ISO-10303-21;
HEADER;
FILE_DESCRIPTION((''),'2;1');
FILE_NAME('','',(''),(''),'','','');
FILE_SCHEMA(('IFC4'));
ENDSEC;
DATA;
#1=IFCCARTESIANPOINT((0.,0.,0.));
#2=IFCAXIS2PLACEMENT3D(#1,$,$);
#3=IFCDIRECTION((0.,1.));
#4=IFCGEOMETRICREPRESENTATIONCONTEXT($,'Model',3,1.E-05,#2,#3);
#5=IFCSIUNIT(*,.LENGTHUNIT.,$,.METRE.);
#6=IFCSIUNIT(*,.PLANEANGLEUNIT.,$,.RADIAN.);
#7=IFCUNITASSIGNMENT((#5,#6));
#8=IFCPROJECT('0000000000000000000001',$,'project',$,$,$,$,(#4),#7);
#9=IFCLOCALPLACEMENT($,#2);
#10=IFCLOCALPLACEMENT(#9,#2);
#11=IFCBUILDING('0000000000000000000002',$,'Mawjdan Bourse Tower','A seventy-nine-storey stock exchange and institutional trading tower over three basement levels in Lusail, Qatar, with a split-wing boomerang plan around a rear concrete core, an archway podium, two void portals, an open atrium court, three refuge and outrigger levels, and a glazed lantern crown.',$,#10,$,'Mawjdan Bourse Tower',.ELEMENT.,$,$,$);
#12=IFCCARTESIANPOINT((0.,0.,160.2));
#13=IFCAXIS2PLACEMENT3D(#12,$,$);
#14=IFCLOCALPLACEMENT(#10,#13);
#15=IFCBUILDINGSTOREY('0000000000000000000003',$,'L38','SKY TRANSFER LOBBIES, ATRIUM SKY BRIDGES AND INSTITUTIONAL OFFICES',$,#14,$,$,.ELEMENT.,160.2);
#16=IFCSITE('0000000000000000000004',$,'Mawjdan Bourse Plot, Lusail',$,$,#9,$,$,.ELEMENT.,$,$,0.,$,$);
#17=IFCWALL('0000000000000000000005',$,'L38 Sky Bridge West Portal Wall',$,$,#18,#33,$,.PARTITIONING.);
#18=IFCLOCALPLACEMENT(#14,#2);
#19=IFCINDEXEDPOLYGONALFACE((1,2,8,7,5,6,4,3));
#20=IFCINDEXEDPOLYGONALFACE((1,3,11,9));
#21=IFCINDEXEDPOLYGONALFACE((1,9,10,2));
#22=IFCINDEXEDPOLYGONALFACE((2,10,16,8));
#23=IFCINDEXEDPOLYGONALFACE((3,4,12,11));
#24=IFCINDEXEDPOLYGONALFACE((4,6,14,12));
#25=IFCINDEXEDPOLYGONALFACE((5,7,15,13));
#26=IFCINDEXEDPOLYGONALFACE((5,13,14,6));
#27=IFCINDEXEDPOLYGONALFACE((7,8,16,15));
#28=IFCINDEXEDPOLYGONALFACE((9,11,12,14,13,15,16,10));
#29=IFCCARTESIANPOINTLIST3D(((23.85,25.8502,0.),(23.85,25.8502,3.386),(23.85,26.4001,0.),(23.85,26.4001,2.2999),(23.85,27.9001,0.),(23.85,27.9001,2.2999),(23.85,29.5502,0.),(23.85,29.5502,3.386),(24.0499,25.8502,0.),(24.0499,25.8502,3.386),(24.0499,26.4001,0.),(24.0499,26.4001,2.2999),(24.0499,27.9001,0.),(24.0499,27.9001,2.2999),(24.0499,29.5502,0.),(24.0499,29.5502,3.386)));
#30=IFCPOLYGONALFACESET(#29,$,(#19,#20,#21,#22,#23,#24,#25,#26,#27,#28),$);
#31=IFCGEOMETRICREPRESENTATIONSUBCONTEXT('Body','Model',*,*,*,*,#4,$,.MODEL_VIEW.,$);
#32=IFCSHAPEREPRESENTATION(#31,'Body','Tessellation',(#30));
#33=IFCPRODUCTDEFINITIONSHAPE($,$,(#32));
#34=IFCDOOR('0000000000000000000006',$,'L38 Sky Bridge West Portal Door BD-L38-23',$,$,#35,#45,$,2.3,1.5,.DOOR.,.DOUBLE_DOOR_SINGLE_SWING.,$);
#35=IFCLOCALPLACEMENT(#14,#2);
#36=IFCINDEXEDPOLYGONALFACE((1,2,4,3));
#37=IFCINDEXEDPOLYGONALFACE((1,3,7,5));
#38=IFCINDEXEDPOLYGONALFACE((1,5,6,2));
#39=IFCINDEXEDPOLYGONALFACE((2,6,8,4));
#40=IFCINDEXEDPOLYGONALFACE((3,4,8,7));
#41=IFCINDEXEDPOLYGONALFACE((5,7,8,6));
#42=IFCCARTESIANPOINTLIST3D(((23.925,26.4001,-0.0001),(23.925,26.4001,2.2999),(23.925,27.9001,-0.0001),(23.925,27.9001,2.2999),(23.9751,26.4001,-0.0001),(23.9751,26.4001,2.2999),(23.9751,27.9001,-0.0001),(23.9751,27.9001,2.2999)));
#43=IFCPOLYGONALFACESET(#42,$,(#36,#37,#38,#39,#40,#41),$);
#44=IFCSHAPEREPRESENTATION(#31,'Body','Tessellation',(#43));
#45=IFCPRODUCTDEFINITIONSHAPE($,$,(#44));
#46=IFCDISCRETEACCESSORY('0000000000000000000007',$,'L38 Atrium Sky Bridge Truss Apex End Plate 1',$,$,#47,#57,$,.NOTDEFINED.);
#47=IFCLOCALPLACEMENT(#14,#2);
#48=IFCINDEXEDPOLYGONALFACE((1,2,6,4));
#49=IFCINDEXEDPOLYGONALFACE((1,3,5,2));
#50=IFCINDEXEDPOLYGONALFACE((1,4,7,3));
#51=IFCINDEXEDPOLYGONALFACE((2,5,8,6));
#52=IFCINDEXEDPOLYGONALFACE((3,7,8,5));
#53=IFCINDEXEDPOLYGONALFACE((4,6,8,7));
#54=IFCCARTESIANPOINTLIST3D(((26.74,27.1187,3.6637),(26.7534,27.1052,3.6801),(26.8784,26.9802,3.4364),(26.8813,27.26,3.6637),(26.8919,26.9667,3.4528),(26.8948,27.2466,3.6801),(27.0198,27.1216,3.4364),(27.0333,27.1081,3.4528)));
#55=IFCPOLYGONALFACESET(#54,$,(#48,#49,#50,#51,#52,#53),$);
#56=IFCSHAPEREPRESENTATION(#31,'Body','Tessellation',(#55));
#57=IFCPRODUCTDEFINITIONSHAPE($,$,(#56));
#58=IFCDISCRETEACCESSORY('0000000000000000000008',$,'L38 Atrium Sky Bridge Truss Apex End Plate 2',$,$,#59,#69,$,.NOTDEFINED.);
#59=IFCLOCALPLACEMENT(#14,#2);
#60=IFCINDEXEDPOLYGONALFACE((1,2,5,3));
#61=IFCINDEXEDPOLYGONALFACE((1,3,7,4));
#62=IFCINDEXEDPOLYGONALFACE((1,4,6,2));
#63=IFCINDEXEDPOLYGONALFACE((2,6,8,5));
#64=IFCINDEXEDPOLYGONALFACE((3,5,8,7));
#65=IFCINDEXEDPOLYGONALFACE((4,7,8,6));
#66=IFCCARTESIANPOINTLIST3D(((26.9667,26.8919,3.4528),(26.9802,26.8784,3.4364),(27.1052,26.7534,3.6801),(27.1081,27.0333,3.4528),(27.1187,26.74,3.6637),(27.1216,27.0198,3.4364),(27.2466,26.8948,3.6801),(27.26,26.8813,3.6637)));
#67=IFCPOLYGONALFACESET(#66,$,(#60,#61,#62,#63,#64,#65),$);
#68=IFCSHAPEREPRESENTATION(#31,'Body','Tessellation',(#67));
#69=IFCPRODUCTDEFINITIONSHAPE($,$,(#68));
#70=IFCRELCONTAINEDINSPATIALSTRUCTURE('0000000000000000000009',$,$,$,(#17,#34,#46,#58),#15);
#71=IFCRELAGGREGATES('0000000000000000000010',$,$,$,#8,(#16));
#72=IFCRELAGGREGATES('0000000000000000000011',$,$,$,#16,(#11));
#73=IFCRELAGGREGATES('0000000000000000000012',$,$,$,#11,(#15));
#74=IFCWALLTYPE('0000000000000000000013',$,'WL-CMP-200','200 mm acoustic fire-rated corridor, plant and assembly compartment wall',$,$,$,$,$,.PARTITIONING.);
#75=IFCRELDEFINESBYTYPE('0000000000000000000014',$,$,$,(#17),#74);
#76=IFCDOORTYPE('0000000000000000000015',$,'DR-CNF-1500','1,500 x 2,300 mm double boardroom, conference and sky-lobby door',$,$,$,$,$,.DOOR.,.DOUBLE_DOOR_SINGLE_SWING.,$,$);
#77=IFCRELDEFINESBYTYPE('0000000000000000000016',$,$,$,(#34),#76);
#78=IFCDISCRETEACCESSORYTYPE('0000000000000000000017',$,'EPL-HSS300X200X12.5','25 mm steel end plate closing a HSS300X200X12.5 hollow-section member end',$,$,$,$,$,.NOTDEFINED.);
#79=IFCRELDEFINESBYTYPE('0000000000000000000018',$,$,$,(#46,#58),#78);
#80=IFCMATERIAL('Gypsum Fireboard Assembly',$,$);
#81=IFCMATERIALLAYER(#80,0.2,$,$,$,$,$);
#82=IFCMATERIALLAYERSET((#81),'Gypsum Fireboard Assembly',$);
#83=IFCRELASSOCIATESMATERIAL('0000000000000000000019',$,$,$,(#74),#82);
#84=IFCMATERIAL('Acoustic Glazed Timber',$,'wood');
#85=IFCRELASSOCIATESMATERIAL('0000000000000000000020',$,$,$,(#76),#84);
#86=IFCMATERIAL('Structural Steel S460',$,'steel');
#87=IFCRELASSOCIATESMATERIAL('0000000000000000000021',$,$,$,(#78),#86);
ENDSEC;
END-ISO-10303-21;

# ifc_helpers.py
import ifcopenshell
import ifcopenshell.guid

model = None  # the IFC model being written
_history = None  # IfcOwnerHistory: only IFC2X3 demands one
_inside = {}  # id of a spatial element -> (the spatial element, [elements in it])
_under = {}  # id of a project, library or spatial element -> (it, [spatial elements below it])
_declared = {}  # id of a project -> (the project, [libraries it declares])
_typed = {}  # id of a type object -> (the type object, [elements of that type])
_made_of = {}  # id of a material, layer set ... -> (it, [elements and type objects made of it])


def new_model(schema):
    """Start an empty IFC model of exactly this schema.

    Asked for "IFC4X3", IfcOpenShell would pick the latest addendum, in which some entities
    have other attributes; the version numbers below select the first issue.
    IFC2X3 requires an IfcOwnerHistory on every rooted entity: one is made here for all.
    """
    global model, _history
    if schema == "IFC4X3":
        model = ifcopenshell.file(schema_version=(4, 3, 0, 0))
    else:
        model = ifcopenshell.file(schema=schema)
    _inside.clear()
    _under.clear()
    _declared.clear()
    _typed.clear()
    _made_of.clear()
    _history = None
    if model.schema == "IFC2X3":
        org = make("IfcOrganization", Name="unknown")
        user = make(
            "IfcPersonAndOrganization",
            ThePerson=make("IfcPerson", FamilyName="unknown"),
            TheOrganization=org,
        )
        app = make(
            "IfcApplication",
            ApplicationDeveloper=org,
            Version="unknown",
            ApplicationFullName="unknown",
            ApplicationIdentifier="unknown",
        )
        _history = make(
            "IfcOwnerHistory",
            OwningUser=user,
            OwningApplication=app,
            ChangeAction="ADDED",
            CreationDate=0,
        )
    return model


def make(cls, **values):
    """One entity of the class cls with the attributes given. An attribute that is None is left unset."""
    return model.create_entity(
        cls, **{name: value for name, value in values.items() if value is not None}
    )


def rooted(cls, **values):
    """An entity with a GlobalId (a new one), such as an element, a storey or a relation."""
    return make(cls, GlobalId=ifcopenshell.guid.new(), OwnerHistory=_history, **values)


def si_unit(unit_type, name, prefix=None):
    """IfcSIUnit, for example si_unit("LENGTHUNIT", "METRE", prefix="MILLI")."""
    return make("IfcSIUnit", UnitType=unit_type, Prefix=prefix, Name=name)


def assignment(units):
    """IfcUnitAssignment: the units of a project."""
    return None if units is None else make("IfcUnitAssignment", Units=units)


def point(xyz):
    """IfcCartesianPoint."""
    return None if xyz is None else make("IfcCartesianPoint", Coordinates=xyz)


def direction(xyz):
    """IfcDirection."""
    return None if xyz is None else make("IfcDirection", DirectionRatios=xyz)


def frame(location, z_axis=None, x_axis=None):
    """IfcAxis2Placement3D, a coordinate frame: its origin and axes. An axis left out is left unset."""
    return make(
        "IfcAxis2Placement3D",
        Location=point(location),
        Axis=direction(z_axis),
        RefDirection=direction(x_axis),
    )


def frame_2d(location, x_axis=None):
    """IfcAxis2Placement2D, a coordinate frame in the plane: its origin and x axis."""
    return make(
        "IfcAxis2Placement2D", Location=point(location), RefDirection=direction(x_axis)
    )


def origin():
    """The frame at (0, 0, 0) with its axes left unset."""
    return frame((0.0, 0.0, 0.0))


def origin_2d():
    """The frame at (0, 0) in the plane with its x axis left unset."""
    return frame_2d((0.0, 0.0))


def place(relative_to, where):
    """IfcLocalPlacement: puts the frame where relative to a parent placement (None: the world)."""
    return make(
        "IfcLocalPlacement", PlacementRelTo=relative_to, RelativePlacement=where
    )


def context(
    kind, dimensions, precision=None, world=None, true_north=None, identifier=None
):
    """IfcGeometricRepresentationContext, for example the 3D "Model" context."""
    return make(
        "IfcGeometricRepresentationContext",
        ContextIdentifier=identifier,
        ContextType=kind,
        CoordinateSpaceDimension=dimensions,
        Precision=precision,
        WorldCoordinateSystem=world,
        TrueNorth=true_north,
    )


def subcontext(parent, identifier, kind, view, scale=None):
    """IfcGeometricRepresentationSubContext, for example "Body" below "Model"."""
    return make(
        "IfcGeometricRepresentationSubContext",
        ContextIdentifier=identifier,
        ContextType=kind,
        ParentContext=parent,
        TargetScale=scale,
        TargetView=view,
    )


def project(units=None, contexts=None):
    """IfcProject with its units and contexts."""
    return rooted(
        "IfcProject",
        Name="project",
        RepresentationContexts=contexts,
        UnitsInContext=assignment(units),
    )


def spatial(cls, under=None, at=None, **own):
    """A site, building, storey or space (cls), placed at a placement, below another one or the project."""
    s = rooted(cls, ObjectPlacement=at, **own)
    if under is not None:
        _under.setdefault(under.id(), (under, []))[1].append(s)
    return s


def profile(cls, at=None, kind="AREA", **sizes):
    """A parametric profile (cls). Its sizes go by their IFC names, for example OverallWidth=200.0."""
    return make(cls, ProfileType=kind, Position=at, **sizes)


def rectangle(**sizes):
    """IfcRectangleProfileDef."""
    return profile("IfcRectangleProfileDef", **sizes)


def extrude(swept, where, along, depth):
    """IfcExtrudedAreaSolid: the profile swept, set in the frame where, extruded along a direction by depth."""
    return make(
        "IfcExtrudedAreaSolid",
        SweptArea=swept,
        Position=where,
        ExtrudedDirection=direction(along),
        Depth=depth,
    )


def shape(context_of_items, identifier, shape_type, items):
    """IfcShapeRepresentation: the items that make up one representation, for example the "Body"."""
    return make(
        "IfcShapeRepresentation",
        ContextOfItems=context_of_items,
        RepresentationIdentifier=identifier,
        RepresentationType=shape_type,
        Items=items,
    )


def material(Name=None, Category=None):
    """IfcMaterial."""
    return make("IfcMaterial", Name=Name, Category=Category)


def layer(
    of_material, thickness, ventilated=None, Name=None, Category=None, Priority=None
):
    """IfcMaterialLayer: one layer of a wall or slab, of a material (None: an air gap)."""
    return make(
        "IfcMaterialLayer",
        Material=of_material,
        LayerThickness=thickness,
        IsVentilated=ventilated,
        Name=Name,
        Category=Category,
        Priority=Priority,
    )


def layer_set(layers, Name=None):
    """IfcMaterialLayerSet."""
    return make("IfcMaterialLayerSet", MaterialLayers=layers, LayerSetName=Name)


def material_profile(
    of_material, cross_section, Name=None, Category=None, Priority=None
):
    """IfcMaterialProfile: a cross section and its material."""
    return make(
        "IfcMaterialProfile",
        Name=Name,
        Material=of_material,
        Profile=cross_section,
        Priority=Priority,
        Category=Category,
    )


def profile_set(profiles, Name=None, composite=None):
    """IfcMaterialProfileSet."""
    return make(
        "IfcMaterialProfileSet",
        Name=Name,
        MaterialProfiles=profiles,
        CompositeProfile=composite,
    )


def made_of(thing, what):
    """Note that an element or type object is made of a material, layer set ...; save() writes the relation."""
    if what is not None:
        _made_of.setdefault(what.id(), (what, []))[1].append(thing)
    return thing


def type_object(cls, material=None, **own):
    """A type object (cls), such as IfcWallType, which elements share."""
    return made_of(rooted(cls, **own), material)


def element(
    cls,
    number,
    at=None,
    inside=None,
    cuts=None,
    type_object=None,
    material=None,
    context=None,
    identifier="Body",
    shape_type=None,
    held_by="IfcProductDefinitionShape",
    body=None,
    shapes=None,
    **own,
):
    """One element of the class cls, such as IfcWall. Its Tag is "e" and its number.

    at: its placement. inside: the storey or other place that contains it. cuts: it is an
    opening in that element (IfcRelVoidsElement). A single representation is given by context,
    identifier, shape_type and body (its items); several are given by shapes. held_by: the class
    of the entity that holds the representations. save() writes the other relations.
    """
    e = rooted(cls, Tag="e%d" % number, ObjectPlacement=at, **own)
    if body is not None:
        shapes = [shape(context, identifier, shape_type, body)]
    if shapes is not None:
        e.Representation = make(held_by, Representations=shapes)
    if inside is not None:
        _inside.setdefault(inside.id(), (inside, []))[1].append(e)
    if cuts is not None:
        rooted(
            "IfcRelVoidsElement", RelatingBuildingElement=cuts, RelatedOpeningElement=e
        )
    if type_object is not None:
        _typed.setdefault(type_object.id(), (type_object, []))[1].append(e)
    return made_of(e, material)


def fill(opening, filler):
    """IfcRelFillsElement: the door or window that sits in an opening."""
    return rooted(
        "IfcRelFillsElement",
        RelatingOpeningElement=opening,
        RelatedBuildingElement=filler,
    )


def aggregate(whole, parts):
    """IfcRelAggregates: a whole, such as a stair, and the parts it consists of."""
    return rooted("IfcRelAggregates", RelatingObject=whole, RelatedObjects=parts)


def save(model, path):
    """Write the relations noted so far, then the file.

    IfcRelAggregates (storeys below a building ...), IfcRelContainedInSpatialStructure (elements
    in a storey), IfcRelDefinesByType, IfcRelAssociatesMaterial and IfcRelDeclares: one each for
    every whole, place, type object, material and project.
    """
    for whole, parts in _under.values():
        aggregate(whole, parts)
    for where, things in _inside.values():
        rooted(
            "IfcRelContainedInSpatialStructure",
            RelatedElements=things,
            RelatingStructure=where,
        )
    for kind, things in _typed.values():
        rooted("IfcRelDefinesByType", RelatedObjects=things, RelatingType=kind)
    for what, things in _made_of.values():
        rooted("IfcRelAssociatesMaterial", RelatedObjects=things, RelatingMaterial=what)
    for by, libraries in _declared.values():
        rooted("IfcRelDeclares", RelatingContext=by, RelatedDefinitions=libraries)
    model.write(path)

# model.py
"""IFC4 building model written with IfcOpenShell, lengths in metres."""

from ifc_helpers import new_model, si_unit, direction, frame, frame_2d, origin, origin_2d, place, context, subcontext, project, spatial, rectangle, extrude, material, layer, layer_set, material_profile, profile_set, type_object, element, fill, save


model = new_model("IFC4")

# Units and contexts
model_context = context("Model", 3, precision=1e-05, world=origin(), true_north=direction((0.0, 1.0)))
body_context = subcontext(model_context, "Body", "Model", "MODEL_VIEW")
ifc_project = project(units=[si_unit("LENGTHUNIT", "METRE"), si_unit("PLANEANGLEUNIT", "RADIAN")], contexts=[model_context])

# Site, building, storey
site_placement = place(None, origin())
site = spatial("IfcSite", under=ifc_project, at=site_placement, Name="Mawjdan Bourse Plot, Lusail", CompositionType="ELEMENT", RefElevation=0.0)
building_placement = place(site_placement, origin())
building = spatial("IfcBuilding", under=site, at=building_placement, Name="Mawjdan Bourse Tower", Description="A seventy-nine-storey stock exchange and institutional trading tower over three basement levels in Lusail, Qatar, with a split-wing boomerang plan around a rear concrete core, an archway podium, two void portals, an open atrium court, three refuge and outrigger levels, and a glazed lantern crown.", LongName="Mawjdan Bourse Tower", CompositionType="ELEMENT")
storey_placement = place(building_placement, frame((0.0, 0.0, 160.2)))
storey = spatial("IfcBuildingStorey", under=building, at=storey_placement, Name="L38", Description="SKY TRANSFER LOBBIES, ATRIUM SKY BRIDGES AND INSTITUTIONAL OFFICES", CompositionType="ELEMENT", Elevation=160.2)

# Shared definitions
ifc_material_1 = material(Name="Structural Steel S460", Category="steel")

# Wall, opening, door
ifc_material_2 = material(Name="Gypsum Fireboard Assembly")
ifc_layer_1 = layer(ifc_material_2, 0.2)
ifc_layer_set_1 = layer_set([ifc_layer_1], Name="Gypsum Fireboard Assembly")
wall_type = type_object("IfcWallType", Name="WL-CMP-200", Description="200 mm acoustic fire-rated corridor, plant and assembly compartment wall", PredefinedType="PARTITIONING", material=ifc_layer_set_1)
wall_placement = place(storey_placement, frame((23.95, 25.8501, 0.0), z_axis=(0.0, 0.0, 1.0), x_axis=(0.0, 1.0, 0.0)))
wall = element("IfcWall", 1, at=wall_placement, inside=storey, type_object=wall_type, Name="L38 Sky Bridge West Portal Wall", PredefinedType="PARTITIONING", context=body_context, shape_type="SweptSolid", body=[
    extrude(rectangle(XDim=3.7, YDim=0.2, at=frame_2d((1.8501, 0.0))), origin(), (0.0, 0.0, 1.0), 3.386),
])
opening_placement = place(wall_placement, frame((0.55, 0.0, 0.0)))
opening = element("IfcOpeningElement", 2, at=opening_placement, cuts=wall, PredefinedType="OPENING", context=body_context, shape_type="SweptSolid", body=[
    extrude(rectangle(XDim=1.5, YDim=2.3, at=frame_2d((0.75, 1.1499))), frame((0.0, 0.1099, 0.0), z_axis=(0.0, -1.0, 0.0), x_axis=(1.0, 0.0, 0.0)), (0.0, 0.0, 1.0), 0.22),
])
ifc_material_3 = material(Name="Acoustic Glazed Timber", Category="wood")
door_type = type_object("IfcDoorType", Name="DR-CNF-1500", Description="1,500 x 2,300 mm double boardroom, conference and sky-lobby door", OperationType="DOUBLE_DOOR_SINGLE_SWING", PredefinedType="DOOR", material=ifc_material_3)
door_placement = place(opening_placement, origin())
door = element("IfcDoor", 3, at=door_placement, inside=storey, type_object=door_type, Name="L38 Sky Bridge West Portal Door BD-L38-23", OperationType="DOUBLE_DOOR_SINGLE_SWING", OverallHeight=2.3, OverallWidth=1.5, PredefinedType="DOOR", context=body_context, shape_type="SweptSolid", body=[
    extrude(rectangle(XDim=1.5, YDim=2.3, at=frame_2d((0.75, 1.1499))), frame((0.0, 0.0249, 0.0), z_axis=(0.0, -1.0, 0.0), x_axis=(1.0, 0.0, 0.0)), (0.0, 0.0, 1.0), 0.05),
])
fill(opening, door)

# Discrete accessories
ifc_material_profile_1 = material_profile(ifc_material_1, rectangle(XDim=0.2, YDim=0.3, at=origin_2d()), Name="EPL-HSS300X200X12.5")
ifc_profile_set_1 = profile_set([ifc_material_profile_1], Name="Structural Steel S460")
discrete_accessory_type = type_object("IfcDiscreteAccessoryType", Name="EPL-HSS300X200X12.5", Description="25 mm steel end plate closing a HSS300X200X12.5 hollow-section member end", PredefinedType="NOTDEFINED", material=ifc_profile_set_1)
for number, where, z_axis, x_axis, name in (
    (4, (26.8799, 27.1201, 3.55), (0.535751, -0.535751, 0.652642), (0.707107, 0.707107, 0.0), "L38 Atrium Sky Bridge Truss Apex End Plate 1"),
    (5, (27.1201, 26.8799, 3.55), (-0.535751, 0.535751, 0.652642), (-0.707107, -0.707107, 0.0), "L38 Atrium Sky Bridge Truss Apex End Plate 2"),
):
    element("IfcDiscreteAccessory", number, at=place(storey_placement, frame(where, z_axis=z_axis, x_axis=x_axis)), inside=storey, type_object=discrete_accessory_type, Name=name, PredefinedType="NOTDEFINED", context=body_context, shape_type="SweptSolid", body=[
        extrude(rectangle(XDim=0.2, YDim=0.3, at=origin_2d()), origin(), (0.0, 0.0, 1.0), 0.0251),
    ])

save(model, "model.ifc")
